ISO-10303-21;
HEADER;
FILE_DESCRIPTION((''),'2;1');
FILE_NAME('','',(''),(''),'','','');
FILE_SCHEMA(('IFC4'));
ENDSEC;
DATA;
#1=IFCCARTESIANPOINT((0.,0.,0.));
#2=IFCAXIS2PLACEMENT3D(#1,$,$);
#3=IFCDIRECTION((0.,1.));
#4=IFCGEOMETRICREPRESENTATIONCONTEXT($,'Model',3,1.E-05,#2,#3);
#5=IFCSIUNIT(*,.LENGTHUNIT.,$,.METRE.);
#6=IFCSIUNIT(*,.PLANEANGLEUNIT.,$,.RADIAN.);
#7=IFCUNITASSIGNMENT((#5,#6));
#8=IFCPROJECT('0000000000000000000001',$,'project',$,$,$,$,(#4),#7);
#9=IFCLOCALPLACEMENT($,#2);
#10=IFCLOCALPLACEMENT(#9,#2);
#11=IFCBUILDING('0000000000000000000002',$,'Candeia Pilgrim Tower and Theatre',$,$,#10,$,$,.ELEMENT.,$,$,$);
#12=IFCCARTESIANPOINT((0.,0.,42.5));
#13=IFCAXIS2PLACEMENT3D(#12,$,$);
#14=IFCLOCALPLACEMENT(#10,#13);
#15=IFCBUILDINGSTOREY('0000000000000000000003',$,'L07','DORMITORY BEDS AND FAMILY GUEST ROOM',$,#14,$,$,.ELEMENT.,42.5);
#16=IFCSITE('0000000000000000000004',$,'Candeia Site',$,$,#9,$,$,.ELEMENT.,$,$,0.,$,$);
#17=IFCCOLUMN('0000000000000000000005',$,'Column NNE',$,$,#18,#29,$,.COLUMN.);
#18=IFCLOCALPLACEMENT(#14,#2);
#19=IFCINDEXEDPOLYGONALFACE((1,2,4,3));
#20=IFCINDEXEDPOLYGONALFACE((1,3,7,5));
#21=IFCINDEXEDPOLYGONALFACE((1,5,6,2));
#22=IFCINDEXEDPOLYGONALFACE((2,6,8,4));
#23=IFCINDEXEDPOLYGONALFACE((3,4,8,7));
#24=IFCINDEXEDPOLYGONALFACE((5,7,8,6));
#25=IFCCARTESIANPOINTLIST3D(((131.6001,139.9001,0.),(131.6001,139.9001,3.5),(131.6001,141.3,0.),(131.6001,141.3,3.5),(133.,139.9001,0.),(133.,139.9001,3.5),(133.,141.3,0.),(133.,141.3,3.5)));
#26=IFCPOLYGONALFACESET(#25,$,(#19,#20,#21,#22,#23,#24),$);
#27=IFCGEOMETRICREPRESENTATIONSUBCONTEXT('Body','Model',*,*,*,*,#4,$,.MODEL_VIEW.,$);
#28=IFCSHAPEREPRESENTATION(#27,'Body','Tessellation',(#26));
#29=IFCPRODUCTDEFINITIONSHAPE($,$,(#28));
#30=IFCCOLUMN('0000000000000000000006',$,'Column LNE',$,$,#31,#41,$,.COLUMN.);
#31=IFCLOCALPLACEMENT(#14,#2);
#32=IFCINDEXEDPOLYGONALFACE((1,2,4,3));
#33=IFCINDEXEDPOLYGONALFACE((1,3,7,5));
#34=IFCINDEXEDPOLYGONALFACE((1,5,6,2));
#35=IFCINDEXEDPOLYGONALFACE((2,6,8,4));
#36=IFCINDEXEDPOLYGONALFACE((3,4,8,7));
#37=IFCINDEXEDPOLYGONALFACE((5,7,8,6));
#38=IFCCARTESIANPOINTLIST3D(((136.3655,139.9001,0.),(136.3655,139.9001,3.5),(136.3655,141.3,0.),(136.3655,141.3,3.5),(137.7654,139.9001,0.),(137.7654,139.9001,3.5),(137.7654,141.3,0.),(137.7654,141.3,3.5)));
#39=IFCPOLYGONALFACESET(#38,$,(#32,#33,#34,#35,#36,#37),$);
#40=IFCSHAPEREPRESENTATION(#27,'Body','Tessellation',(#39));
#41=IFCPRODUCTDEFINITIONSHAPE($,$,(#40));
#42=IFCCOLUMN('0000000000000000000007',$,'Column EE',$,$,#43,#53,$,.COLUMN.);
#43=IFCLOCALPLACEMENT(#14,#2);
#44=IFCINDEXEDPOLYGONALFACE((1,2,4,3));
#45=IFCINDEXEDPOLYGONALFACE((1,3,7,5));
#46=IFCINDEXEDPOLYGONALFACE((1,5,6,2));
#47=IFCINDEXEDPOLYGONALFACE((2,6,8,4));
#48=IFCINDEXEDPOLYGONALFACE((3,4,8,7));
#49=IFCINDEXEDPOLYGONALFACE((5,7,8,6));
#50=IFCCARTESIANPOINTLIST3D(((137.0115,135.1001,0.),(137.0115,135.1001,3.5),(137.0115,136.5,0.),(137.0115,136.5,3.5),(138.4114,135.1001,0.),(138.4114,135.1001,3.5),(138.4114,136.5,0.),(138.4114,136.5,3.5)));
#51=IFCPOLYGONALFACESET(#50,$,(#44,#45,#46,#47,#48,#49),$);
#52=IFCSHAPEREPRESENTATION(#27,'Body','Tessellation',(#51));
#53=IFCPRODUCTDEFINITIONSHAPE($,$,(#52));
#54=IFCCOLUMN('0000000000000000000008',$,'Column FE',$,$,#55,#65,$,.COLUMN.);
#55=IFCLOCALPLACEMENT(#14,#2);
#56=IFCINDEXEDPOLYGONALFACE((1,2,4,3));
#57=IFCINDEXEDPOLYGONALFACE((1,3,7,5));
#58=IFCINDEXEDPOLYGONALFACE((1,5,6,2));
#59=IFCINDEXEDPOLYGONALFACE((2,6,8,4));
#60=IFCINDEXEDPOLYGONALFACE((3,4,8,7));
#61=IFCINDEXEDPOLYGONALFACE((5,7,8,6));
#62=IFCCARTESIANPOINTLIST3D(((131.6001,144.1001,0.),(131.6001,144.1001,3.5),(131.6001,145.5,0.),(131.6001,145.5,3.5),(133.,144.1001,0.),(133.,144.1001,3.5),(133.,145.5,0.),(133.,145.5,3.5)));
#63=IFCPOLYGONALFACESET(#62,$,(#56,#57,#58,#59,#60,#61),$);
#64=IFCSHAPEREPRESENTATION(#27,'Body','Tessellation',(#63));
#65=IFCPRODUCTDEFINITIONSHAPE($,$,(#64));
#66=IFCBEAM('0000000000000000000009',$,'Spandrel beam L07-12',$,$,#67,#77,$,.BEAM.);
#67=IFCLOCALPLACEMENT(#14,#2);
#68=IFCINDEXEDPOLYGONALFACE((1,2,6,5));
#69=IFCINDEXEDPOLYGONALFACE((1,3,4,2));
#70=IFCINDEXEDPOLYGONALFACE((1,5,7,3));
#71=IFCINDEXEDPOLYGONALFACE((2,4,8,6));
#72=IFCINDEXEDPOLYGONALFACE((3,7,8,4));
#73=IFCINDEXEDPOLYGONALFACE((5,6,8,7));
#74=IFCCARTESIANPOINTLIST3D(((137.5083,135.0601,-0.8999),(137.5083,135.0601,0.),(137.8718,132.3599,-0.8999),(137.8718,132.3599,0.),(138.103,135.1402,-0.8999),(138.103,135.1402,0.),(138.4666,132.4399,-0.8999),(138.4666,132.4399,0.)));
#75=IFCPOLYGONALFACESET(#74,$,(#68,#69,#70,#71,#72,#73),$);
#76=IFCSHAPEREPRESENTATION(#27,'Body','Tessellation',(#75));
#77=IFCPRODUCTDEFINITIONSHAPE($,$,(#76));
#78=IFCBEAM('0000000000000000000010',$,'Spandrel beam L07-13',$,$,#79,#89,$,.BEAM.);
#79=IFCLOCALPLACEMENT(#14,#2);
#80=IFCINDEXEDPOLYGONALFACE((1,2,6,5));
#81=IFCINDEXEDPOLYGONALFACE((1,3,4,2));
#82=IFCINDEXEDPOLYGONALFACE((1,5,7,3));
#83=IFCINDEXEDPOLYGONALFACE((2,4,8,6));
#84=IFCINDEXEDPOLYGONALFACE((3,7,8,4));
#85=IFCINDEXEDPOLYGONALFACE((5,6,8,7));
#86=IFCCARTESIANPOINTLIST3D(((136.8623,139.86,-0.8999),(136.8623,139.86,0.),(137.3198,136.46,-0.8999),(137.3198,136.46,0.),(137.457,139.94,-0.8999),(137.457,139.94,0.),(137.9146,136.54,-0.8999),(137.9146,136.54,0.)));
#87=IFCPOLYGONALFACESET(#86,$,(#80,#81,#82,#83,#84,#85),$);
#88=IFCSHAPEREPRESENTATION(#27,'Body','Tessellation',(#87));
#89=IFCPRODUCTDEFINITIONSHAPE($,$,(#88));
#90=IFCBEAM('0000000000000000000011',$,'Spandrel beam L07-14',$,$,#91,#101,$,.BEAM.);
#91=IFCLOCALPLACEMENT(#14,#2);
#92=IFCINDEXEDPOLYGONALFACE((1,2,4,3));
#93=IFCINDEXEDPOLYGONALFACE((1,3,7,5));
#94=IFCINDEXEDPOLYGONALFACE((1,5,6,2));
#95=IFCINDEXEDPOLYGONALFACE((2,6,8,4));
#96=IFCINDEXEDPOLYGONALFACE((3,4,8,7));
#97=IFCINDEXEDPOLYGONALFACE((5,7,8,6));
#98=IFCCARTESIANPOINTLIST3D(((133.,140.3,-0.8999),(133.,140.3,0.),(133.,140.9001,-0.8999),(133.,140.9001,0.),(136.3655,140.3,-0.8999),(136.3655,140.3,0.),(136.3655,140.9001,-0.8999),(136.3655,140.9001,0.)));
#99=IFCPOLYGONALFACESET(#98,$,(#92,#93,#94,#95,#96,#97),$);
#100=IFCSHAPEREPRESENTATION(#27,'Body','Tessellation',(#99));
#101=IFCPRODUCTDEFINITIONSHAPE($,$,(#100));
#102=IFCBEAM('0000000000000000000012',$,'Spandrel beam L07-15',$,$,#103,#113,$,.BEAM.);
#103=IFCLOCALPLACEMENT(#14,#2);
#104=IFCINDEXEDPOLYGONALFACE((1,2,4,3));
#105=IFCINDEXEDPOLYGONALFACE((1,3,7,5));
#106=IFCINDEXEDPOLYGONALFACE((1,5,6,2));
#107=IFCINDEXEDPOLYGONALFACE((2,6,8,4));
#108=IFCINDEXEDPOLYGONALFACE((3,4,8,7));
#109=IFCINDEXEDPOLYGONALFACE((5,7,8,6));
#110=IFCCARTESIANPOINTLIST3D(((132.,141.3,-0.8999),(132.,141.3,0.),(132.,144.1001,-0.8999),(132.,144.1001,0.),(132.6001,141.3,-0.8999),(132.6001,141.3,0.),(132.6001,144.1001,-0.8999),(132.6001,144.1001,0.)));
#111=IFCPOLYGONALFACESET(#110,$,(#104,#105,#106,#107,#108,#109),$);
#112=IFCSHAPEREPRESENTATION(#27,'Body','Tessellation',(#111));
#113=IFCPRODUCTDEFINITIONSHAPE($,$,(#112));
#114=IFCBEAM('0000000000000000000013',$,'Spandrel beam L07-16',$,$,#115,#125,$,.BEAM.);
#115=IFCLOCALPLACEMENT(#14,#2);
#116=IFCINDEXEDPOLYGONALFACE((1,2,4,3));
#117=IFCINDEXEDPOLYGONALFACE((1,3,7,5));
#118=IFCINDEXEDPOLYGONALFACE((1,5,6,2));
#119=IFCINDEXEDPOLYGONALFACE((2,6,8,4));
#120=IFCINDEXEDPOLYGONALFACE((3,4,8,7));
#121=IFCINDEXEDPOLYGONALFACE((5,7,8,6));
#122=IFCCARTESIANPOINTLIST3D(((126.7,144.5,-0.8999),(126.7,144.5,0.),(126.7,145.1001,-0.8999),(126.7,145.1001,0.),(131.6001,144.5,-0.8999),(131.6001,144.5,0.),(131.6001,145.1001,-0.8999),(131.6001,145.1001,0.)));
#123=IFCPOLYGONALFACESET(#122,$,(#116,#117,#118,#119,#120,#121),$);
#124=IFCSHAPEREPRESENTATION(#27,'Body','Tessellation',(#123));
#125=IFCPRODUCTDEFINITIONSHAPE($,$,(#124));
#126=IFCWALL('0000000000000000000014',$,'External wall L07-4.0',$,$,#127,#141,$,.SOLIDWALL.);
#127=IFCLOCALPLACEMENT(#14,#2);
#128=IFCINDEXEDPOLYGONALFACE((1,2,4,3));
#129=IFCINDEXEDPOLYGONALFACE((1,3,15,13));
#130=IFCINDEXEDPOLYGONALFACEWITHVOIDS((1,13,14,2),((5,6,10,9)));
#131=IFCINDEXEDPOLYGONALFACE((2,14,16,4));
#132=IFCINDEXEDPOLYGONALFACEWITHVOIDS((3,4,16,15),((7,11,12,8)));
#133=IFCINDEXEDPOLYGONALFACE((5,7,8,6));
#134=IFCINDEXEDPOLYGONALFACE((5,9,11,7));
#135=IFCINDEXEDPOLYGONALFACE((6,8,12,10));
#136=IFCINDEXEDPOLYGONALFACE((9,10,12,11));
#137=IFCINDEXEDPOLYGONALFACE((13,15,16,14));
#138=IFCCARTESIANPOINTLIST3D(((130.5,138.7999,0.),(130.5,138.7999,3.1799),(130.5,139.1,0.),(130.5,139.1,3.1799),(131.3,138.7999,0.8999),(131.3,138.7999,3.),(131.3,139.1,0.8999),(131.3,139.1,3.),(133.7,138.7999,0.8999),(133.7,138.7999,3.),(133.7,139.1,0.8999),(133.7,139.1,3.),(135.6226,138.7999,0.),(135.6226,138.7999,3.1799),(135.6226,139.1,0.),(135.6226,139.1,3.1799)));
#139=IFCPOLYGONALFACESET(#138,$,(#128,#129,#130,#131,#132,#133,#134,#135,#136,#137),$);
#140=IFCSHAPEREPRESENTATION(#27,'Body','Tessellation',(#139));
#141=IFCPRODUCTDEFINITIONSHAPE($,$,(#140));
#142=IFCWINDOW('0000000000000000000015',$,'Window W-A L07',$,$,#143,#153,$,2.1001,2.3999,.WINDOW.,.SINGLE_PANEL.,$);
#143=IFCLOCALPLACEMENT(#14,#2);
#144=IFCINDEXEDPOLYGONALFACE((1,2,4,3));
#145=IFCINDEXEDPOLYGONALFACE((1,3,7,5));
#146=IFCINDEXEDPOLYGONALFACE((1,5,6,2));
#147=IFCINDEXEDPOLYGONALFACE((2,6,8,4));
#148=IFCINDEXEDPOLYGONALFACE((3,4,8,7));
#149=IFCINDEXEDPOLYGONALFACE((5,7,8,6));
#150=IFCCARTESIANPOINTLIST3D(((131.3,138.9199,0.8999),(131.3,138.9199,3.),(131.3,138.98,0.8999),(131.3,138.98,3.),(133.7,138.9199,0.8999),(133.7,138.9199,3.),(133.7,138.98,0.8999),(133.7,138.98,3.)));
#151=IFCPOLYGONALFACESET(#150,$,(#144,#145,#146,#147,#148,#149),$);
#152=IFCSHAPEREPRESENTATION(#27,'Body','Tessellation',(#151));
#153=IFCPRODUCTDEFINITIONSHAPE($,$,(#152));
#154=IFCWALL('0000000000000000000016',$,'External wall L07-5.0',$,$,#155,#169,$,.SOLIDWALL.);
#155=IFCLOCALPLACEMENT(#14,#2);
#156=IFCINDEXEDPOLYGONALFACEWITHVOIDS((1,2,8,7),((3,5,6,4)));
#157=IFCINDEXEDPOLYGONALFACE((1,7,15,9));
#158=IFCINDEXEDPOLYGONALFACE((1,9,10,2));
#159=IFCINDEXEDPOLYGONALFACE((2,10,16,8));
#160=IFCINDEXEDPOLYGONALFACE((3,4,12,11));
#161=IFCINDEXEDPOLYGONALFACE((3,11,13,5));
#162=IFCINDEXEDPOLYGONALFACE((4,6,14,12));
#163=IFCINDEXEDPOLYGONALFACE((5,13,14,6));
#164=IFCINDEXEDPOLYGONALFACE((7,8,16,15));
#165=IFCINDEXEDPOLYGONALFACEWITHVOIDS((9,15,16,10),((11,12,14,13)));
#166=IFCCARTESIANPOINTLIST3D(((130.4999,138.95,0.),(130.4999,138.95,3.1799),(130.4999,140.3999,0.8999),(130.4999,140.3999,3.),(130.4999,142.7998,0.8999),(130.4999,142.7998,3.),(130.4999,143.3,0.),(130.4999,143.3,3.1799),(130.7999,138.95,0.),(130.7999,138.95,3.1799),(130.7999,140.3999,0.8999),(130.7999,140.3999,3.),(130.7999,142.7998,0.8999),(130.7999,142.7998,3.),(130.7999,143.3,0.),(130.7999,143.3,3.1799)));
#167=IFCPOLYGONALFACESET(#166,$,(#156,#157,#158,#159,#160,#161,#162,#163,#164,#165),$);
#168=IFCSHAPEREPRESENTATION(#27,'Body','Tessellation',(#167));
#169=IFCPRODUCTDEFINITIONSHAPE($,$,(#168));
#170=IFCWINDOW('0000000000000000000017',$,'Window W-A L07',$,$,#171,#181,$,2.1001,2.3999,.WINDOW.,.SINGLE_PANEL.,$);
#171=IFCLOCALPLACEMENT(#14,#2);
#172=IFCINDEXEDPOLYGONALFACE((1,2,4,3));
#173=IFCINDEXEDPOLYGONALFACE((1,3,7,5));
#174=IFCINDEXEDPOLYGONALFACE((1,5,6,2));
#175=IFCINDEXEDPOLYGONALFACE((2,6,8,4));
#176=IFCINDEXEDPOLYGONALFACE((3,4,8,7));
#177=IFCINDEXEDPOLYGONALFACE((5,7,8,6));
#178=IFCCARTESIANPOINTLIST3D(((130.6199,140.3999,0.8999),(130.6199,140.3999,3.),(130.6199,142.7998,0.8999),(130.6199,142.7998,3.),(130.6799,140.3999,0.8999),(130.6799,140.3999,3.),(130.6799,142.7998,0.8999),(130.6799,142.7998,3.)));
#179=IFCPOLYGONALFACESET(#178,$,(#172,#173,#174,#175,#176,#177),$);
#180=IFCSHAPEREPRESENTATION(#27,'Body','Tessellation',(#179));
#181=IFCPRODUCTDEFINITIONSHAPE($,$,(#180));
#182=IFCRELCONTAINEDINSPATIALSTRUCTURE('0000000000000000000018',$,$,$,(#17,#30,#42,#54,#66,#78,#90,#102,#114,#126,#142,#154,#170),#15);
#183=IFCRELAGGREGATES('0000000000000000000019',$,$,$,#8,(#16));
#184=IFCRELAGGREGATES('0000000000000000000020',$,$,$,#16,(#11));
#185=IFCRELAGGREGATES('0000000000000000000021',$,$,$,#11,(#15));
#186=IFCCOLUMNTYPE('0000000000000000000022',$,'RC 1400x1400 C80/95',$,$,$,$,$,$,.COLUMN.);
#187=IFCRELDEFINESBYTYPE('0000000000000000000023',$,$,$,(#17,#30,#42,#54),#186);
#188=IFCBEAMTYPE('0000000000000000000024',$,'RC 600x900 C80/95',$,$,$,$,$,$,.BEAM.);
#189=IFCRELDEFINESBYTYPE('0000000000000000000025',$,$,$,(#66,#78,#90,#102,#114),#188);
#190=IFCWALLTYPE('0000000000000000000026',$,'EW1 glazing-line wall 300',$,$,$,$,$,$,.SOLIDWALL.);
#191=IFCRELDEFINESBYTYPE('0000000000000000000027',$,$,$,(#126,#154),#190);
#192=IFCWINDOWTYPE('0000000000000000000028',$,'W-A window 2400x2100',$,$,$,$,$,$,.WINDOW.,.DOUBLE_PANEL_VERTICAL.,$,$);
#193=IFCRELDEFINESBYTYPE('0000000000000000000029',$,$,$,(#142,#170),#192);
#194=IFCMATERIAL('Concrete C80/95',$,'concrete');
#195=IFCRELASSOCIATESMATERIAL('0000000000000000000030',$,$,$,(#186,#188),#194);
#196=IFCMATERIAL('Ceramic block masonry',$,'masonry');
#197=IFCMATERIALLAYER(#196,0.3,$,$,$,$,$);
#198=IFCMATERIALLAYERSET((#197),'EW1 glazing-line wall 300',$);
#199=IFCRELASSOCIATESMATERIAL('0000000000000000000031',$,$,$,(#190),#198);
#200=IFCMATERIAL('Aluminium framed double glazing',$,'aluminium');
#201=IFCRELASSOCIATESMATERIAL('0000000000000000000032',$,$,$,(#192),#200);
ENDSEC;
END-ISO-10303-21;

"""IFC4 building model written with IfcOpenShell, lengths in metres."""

from ifc_helpers import new_model, si_unit, direction, frame, frame_2d, origin, origin_2d, place, context, subcontext, project, spatial, rectangle, extrude, material, layer, layer_set, material_profile, profile_set, type_object, element, fill, save


model = new_model("IFC4")

# Units and contexts
model_context = context("Model", 3, precision=1e-05, world=origin(), true_north=direction((0.0, 1.0)))
body_context = subcontext(model_context, "Body", "Model", "MODEL_VIEW")
ifc_project = project(units=[si_unit("LENGTHUNIT", "METRE"), si_unit("PLANEANGLEUNIT", "RADIAN")], contexts=[model_context])

# Site, building, storey
site_placement = place(None, origin())
site = spatial("IfcSite", under=ifc_project, at=site_placement, Name="Candeia Site", CompositionType="ELEMENT", RefElevation=0.0)
building_placement = place(site_placement, origin())
building = spatial("IfcBuilding", under=site, at=building_placement, Name="Candeia Pilgrim Tower and Theatre", CompositionType="ELEMENT")
storey_placement = place(building_placement, frame((0.0, 0.0, 42.5)))
storey = spatial("IfcBuildingStorey", under=building, at=storey_placement, Name="L07", Description="DORMITORY BEDS AND FAMILY GUEST ROOM", CompositionType="ELEMENT", Elevation=42.5)

# Columns
ifc_material_1 = material(Name="Concrete C80/95", Category="concrete")
ifc_material_profile_1 = material_profile(ifc_material_1, rectangle(XDim=1.3999, YDim=1.3999, at=origin_2d()))
ifc_profile_set_1 = profile_set([ifc_material_profile_1], Name="Concrete C80/95")
column_type = type_object("IfcColumnType", Name="RC 1400x1400 C80/95", PredefinedType="COLUMN", material=ifc_profile_set_1)
for number, where, z_axis, x_axis, name in (
    (1, (132.3, 140.6001, 0.0), (0.0, 0.0, 1.0), (1.0, 0.0, 0.0), "Column NNE"),
    (2, (137.0654, 140.6001, 0.0), (0.0, 0.0, 1.0), (1.0, 0.0, 0.0), "Column LNE"),
    (3, (137.7114, 135.8, 0.0), (0.0, 0.0, 1.0), (1.0, 0.0, 0.0), "Column EE"),
    (4, (132.3, 144.8, 0.0), (0.0, 0.0, 1.0), (1.0, 0.0, 0.0), "Column FE"),
):
    element("IfcColumn", number, at=place(storey_placement, frame(where, z_axis=z_axis, x_axis=x_axis)), inside=storey, type_object=column_type, Name=name, PredefinedType="COLUMN", context=body_context, shape_type="SweptSolid", body=[
        extrude(rectangle(XDim=1.3999, YDim=1.3999, at=origin_2d()), origin(), (0.0, 0.0, 1.0), 3.5),
    ])

# Beams
ifc_material_profile_2 = material_profile(ifc_material_1, rectangle(XDim=0.6001, YDim=0.8999, at=origin_2d()))
ifc_profile_set_2 = profile_set([ifc_material_profile_2], Name="Concrete C80/95")
beam_type = type_object("IfcBeamType", Name="RC 600x900 C80/95", PredefinedType="BEAM", material=ifc_profile_set_2)
beam_1_placement = place(storey_placement, frame((138.1692, 132.3999, -0.45), z_axis=(-0.133426, 0.991059, 0.0), x_axis=(-0.991059, -0.133426, 0.0)))
element("IfcBeam", 5, at=beam_1_placement, inside=storey, type_object=beam_type, Name="Spandrel beam L07-12", PredefinedType="BEAM", context=body_context, shape_type="SweptSolid", body=[
    extrude(rectangle(XDim=0.6001, YDim=0.8999, at=origin_2d()), origin(), (0.0, 0.0, 1.0), 2.7246),
])
beam_2_placement = place(storey_placement, frame((137.6172, 136.5, -0.45), z_axis=(-0.133366, 0.991067, 0.0), x_axis=(-0.991067, -0.133366, 0.0)))
element("IfcBeam", 6, at=beam_2_placement, inside=storey, type_object=beam_type, Name="Spandrel beam L07-13", PredefinedType="BEAM", context=body_context, shape_type="SweptSolid", body=[
    extrude(rectangle(XDim=0.6001, YDim=0.8999, at=origin_2d()), origin(), (0.0, 0.0, 1.0), 3.4307),
])
beam_3_placement = place(storey_placement, frame((136.3655, 140.6001, -0.45), z_axis=(-1.0, 0.0, 0.0), x_axis=(0.0, -1.0, 0.0)))
element("IfcBeam", 7, at=beam_3_placement, inside=storey, type_object=beam_type, Name="Spandrel beam L07-14", PredefinedType="BEAM", context=body_context, shape_type="SweptSolid", body=[
    extrude(rectangle(XDim=0.6001, YDim=0.8999, at=origin_2d()), origin(), (0.0, 0.0, 1.0), 3.3655),
])
beam_4_placement = place(storey_placement, frame((132.3, 141.3, -0.45), z_axis=(0.0, 1.0, 0.0), x_axis=(-1.0, 0.0, 0.0)))
element("IfcBeam", 8, at=beam_4_placement, inside=storey, type_object=beam_type, Name="Spandrel beam L07-15", PredefinedType="BEAM", context=body_context, shape_type="SweptSolid", body=[
    extrude(rectangle(XDim=0.6001, YDim=0.8999, at=origin_2d()), origin(), (0.0, 0.0, 1.0), 2.8),
])
beam_5_placement = place(storey_placement, frame((131.6001, 144.8, -0.45), z_axis=(-1.0, 0.0, 0.0), x_axis=(0.0, -1.0, 0.0)))
element("IfcBeam", 9, at=beam_5_placement, inside=storey, type_object=beam_type, Name="Spandrel beam L07-16", PredefinedType="BEAM", context=body_context, shape_type="SweptSolid", body=[
    extrude(rectangle(XDim=0.6001, YDim=0.8999, at=origin_2d()), origin(), (0.0, 0.0, 1.0), 4.9001),
])

# Walls, openings, windows
ifc_material_2 = material(Name="Ceramic block masonry", Category="masonry")
ifc_layer_1 = layer(ifc_material_2, 0.3)
ifc_layer_set_1 = layer_set([ifc_layer_1], Name="EW1 glazing-line wall 300")
wall_type_1 = type_object("IfcWallType", Name="EW1 glazing-line wall 300", PredefinedType="SOLIDWALL", material=ifc_layer_set_1)
wall_1_placement = place(storey_placement, frame((135.6226, 138.95, 0.0), z_axis=(0.0, 0.0, 1.0), x_axis=(-1.0, 0.0, 0.0)))
wall_1 = element("IfcWall", 10, at=wall_1_placement, inside=storey, type_object=wall_type_1, Name="External wall L07-4.0", PredefinedType="SOLIDWALL", context=body_context, shape_type="SweptSolid", body=[
    extrude(rectangle(XDim=5.1226, YDim=0.3, at=frame_2d((2.5613, 0.0))), origin(), (0.0, 0.0, 1.0), 3.1799),
])
opening_1_placement = place(wall_1_placement, frame((1.9226, 0.0, 0.8999)))
opening_1 = element("IfcOpeningElement", 11, at=opening_1_placement, cuts=wall_1, PredefinedType="OPENING", context=body_context, shape_type="SweptSolid", body=[
    extrude(rectangle(XDim=2.3999, YDim=2.1001, at=frame_2d((1.2, 1.05))), frame((0.0, 0.1602, 0.0), z_axis=(0.0, -1.0, 0.0), x_axis=(1.0, 0.0, 0.0)), (0.0, 0.0, 1.0), 0.3201),
])
ifc_material_3 = material(Name="Aluminium framed double glazing", Category="aluminium")
window_type = type_object("IfcWindowType", Name="W-A window 2400x2100", PartitioningType="DOUBLE_PANEL_VERTICAL", PredefinedType="WINDOW", material=ifc_material_3)
window_1_placement = place(opening_1_placement, origin())
window_1 = element("IfcWindow", 12, at=window_1_placement, inside=storey, type_object=window_type, Name="Window W-A L07", OverallHeight=2.1001, OverallWidth=2.3999, PartitioningType="SINGLE_PANEL", PredefinedType="WINDOW", context=body_context, shape_type="SweptSolid", body=[
    extrude(rectangle(XDim=2.3999, YDim=2.1001, at=frame_2d((1.2, 1.05))), frame((0.0, 0.03, 0.0), z_axis=(0.0, -1.0, 0.0), x_axis=(1.0, 0.0, 0.0)), (0.0, 0.0, 1.0), 0.0601),
])
fill(opening_1, window_1)
wall_2_placement = place(storey_placement, frame((130.6499, 138.95, 0.0), z_axis=(0.0, 0.0, 1.0), x_axis=(0.0, 1.0, 0.0)))
wall_2 = element("IfcWall", 13, at=wall_2_placement, inside=storey, type_object=wall_type_1, Name="External wall L07-5.0", PredefinedType="SOLIDWALL", context=body_context, shape_type="SweptSolid", body=[
    extrude(rectangle(XDim=4.3501, YDim=0.3, at=frame_2d((2.175, 0.0))), origin(), (0.0, 0.0, 1.0), 3.1799),
])
opening_2_placement = place(wall_2_placement, frame((1.45, 0.0, 0.8999)))
opening_2 = element("IfcOpeningElement", 14, at=opening_2_placement, cuts=wall_2, PredefinedType="OPENING", context=body_context, shape_type="SweptSolid", body=[
    extrude(rectangle(XDim=2.3999, YDim=2.1001, at=frame_2d((1.2, 1.05))), frame((0.0, 0.1602, 0.0), z_axis=(0.0, -1.0, 0.0), x_axis=(1.0, 0.0, 0.0)), (0.0, 0.0, 1.0), 0.3201),
])
window_2_placement = place(opening_2_placement, origin())
window_2 = element("IfcWindow", 15, at=window_2_placement, inside=storey, type_object=window_type, Name="Window W-A L07", OverallHeight=2.1001, OverallWidth=2.3999, PartitioningType="SINGLE_PANEL", PredefinedType="WINDOW", context=body_context, shape_type="SweptSolid", body=[
    extrude(rectangle(XDim=2.3999, YDim=2.1001, at=frame_2d((1.2, 1.05))), frame((0.0, 0.03, 0.0), z_axis=(0.0, -1.0, 0.0), x_axis=(1.0, 0.0, 0.0)), (0.0, 0.0, 1.0), 0.0601),
])
fill(opening_2, window_2)

save(model, "model.ifc")
